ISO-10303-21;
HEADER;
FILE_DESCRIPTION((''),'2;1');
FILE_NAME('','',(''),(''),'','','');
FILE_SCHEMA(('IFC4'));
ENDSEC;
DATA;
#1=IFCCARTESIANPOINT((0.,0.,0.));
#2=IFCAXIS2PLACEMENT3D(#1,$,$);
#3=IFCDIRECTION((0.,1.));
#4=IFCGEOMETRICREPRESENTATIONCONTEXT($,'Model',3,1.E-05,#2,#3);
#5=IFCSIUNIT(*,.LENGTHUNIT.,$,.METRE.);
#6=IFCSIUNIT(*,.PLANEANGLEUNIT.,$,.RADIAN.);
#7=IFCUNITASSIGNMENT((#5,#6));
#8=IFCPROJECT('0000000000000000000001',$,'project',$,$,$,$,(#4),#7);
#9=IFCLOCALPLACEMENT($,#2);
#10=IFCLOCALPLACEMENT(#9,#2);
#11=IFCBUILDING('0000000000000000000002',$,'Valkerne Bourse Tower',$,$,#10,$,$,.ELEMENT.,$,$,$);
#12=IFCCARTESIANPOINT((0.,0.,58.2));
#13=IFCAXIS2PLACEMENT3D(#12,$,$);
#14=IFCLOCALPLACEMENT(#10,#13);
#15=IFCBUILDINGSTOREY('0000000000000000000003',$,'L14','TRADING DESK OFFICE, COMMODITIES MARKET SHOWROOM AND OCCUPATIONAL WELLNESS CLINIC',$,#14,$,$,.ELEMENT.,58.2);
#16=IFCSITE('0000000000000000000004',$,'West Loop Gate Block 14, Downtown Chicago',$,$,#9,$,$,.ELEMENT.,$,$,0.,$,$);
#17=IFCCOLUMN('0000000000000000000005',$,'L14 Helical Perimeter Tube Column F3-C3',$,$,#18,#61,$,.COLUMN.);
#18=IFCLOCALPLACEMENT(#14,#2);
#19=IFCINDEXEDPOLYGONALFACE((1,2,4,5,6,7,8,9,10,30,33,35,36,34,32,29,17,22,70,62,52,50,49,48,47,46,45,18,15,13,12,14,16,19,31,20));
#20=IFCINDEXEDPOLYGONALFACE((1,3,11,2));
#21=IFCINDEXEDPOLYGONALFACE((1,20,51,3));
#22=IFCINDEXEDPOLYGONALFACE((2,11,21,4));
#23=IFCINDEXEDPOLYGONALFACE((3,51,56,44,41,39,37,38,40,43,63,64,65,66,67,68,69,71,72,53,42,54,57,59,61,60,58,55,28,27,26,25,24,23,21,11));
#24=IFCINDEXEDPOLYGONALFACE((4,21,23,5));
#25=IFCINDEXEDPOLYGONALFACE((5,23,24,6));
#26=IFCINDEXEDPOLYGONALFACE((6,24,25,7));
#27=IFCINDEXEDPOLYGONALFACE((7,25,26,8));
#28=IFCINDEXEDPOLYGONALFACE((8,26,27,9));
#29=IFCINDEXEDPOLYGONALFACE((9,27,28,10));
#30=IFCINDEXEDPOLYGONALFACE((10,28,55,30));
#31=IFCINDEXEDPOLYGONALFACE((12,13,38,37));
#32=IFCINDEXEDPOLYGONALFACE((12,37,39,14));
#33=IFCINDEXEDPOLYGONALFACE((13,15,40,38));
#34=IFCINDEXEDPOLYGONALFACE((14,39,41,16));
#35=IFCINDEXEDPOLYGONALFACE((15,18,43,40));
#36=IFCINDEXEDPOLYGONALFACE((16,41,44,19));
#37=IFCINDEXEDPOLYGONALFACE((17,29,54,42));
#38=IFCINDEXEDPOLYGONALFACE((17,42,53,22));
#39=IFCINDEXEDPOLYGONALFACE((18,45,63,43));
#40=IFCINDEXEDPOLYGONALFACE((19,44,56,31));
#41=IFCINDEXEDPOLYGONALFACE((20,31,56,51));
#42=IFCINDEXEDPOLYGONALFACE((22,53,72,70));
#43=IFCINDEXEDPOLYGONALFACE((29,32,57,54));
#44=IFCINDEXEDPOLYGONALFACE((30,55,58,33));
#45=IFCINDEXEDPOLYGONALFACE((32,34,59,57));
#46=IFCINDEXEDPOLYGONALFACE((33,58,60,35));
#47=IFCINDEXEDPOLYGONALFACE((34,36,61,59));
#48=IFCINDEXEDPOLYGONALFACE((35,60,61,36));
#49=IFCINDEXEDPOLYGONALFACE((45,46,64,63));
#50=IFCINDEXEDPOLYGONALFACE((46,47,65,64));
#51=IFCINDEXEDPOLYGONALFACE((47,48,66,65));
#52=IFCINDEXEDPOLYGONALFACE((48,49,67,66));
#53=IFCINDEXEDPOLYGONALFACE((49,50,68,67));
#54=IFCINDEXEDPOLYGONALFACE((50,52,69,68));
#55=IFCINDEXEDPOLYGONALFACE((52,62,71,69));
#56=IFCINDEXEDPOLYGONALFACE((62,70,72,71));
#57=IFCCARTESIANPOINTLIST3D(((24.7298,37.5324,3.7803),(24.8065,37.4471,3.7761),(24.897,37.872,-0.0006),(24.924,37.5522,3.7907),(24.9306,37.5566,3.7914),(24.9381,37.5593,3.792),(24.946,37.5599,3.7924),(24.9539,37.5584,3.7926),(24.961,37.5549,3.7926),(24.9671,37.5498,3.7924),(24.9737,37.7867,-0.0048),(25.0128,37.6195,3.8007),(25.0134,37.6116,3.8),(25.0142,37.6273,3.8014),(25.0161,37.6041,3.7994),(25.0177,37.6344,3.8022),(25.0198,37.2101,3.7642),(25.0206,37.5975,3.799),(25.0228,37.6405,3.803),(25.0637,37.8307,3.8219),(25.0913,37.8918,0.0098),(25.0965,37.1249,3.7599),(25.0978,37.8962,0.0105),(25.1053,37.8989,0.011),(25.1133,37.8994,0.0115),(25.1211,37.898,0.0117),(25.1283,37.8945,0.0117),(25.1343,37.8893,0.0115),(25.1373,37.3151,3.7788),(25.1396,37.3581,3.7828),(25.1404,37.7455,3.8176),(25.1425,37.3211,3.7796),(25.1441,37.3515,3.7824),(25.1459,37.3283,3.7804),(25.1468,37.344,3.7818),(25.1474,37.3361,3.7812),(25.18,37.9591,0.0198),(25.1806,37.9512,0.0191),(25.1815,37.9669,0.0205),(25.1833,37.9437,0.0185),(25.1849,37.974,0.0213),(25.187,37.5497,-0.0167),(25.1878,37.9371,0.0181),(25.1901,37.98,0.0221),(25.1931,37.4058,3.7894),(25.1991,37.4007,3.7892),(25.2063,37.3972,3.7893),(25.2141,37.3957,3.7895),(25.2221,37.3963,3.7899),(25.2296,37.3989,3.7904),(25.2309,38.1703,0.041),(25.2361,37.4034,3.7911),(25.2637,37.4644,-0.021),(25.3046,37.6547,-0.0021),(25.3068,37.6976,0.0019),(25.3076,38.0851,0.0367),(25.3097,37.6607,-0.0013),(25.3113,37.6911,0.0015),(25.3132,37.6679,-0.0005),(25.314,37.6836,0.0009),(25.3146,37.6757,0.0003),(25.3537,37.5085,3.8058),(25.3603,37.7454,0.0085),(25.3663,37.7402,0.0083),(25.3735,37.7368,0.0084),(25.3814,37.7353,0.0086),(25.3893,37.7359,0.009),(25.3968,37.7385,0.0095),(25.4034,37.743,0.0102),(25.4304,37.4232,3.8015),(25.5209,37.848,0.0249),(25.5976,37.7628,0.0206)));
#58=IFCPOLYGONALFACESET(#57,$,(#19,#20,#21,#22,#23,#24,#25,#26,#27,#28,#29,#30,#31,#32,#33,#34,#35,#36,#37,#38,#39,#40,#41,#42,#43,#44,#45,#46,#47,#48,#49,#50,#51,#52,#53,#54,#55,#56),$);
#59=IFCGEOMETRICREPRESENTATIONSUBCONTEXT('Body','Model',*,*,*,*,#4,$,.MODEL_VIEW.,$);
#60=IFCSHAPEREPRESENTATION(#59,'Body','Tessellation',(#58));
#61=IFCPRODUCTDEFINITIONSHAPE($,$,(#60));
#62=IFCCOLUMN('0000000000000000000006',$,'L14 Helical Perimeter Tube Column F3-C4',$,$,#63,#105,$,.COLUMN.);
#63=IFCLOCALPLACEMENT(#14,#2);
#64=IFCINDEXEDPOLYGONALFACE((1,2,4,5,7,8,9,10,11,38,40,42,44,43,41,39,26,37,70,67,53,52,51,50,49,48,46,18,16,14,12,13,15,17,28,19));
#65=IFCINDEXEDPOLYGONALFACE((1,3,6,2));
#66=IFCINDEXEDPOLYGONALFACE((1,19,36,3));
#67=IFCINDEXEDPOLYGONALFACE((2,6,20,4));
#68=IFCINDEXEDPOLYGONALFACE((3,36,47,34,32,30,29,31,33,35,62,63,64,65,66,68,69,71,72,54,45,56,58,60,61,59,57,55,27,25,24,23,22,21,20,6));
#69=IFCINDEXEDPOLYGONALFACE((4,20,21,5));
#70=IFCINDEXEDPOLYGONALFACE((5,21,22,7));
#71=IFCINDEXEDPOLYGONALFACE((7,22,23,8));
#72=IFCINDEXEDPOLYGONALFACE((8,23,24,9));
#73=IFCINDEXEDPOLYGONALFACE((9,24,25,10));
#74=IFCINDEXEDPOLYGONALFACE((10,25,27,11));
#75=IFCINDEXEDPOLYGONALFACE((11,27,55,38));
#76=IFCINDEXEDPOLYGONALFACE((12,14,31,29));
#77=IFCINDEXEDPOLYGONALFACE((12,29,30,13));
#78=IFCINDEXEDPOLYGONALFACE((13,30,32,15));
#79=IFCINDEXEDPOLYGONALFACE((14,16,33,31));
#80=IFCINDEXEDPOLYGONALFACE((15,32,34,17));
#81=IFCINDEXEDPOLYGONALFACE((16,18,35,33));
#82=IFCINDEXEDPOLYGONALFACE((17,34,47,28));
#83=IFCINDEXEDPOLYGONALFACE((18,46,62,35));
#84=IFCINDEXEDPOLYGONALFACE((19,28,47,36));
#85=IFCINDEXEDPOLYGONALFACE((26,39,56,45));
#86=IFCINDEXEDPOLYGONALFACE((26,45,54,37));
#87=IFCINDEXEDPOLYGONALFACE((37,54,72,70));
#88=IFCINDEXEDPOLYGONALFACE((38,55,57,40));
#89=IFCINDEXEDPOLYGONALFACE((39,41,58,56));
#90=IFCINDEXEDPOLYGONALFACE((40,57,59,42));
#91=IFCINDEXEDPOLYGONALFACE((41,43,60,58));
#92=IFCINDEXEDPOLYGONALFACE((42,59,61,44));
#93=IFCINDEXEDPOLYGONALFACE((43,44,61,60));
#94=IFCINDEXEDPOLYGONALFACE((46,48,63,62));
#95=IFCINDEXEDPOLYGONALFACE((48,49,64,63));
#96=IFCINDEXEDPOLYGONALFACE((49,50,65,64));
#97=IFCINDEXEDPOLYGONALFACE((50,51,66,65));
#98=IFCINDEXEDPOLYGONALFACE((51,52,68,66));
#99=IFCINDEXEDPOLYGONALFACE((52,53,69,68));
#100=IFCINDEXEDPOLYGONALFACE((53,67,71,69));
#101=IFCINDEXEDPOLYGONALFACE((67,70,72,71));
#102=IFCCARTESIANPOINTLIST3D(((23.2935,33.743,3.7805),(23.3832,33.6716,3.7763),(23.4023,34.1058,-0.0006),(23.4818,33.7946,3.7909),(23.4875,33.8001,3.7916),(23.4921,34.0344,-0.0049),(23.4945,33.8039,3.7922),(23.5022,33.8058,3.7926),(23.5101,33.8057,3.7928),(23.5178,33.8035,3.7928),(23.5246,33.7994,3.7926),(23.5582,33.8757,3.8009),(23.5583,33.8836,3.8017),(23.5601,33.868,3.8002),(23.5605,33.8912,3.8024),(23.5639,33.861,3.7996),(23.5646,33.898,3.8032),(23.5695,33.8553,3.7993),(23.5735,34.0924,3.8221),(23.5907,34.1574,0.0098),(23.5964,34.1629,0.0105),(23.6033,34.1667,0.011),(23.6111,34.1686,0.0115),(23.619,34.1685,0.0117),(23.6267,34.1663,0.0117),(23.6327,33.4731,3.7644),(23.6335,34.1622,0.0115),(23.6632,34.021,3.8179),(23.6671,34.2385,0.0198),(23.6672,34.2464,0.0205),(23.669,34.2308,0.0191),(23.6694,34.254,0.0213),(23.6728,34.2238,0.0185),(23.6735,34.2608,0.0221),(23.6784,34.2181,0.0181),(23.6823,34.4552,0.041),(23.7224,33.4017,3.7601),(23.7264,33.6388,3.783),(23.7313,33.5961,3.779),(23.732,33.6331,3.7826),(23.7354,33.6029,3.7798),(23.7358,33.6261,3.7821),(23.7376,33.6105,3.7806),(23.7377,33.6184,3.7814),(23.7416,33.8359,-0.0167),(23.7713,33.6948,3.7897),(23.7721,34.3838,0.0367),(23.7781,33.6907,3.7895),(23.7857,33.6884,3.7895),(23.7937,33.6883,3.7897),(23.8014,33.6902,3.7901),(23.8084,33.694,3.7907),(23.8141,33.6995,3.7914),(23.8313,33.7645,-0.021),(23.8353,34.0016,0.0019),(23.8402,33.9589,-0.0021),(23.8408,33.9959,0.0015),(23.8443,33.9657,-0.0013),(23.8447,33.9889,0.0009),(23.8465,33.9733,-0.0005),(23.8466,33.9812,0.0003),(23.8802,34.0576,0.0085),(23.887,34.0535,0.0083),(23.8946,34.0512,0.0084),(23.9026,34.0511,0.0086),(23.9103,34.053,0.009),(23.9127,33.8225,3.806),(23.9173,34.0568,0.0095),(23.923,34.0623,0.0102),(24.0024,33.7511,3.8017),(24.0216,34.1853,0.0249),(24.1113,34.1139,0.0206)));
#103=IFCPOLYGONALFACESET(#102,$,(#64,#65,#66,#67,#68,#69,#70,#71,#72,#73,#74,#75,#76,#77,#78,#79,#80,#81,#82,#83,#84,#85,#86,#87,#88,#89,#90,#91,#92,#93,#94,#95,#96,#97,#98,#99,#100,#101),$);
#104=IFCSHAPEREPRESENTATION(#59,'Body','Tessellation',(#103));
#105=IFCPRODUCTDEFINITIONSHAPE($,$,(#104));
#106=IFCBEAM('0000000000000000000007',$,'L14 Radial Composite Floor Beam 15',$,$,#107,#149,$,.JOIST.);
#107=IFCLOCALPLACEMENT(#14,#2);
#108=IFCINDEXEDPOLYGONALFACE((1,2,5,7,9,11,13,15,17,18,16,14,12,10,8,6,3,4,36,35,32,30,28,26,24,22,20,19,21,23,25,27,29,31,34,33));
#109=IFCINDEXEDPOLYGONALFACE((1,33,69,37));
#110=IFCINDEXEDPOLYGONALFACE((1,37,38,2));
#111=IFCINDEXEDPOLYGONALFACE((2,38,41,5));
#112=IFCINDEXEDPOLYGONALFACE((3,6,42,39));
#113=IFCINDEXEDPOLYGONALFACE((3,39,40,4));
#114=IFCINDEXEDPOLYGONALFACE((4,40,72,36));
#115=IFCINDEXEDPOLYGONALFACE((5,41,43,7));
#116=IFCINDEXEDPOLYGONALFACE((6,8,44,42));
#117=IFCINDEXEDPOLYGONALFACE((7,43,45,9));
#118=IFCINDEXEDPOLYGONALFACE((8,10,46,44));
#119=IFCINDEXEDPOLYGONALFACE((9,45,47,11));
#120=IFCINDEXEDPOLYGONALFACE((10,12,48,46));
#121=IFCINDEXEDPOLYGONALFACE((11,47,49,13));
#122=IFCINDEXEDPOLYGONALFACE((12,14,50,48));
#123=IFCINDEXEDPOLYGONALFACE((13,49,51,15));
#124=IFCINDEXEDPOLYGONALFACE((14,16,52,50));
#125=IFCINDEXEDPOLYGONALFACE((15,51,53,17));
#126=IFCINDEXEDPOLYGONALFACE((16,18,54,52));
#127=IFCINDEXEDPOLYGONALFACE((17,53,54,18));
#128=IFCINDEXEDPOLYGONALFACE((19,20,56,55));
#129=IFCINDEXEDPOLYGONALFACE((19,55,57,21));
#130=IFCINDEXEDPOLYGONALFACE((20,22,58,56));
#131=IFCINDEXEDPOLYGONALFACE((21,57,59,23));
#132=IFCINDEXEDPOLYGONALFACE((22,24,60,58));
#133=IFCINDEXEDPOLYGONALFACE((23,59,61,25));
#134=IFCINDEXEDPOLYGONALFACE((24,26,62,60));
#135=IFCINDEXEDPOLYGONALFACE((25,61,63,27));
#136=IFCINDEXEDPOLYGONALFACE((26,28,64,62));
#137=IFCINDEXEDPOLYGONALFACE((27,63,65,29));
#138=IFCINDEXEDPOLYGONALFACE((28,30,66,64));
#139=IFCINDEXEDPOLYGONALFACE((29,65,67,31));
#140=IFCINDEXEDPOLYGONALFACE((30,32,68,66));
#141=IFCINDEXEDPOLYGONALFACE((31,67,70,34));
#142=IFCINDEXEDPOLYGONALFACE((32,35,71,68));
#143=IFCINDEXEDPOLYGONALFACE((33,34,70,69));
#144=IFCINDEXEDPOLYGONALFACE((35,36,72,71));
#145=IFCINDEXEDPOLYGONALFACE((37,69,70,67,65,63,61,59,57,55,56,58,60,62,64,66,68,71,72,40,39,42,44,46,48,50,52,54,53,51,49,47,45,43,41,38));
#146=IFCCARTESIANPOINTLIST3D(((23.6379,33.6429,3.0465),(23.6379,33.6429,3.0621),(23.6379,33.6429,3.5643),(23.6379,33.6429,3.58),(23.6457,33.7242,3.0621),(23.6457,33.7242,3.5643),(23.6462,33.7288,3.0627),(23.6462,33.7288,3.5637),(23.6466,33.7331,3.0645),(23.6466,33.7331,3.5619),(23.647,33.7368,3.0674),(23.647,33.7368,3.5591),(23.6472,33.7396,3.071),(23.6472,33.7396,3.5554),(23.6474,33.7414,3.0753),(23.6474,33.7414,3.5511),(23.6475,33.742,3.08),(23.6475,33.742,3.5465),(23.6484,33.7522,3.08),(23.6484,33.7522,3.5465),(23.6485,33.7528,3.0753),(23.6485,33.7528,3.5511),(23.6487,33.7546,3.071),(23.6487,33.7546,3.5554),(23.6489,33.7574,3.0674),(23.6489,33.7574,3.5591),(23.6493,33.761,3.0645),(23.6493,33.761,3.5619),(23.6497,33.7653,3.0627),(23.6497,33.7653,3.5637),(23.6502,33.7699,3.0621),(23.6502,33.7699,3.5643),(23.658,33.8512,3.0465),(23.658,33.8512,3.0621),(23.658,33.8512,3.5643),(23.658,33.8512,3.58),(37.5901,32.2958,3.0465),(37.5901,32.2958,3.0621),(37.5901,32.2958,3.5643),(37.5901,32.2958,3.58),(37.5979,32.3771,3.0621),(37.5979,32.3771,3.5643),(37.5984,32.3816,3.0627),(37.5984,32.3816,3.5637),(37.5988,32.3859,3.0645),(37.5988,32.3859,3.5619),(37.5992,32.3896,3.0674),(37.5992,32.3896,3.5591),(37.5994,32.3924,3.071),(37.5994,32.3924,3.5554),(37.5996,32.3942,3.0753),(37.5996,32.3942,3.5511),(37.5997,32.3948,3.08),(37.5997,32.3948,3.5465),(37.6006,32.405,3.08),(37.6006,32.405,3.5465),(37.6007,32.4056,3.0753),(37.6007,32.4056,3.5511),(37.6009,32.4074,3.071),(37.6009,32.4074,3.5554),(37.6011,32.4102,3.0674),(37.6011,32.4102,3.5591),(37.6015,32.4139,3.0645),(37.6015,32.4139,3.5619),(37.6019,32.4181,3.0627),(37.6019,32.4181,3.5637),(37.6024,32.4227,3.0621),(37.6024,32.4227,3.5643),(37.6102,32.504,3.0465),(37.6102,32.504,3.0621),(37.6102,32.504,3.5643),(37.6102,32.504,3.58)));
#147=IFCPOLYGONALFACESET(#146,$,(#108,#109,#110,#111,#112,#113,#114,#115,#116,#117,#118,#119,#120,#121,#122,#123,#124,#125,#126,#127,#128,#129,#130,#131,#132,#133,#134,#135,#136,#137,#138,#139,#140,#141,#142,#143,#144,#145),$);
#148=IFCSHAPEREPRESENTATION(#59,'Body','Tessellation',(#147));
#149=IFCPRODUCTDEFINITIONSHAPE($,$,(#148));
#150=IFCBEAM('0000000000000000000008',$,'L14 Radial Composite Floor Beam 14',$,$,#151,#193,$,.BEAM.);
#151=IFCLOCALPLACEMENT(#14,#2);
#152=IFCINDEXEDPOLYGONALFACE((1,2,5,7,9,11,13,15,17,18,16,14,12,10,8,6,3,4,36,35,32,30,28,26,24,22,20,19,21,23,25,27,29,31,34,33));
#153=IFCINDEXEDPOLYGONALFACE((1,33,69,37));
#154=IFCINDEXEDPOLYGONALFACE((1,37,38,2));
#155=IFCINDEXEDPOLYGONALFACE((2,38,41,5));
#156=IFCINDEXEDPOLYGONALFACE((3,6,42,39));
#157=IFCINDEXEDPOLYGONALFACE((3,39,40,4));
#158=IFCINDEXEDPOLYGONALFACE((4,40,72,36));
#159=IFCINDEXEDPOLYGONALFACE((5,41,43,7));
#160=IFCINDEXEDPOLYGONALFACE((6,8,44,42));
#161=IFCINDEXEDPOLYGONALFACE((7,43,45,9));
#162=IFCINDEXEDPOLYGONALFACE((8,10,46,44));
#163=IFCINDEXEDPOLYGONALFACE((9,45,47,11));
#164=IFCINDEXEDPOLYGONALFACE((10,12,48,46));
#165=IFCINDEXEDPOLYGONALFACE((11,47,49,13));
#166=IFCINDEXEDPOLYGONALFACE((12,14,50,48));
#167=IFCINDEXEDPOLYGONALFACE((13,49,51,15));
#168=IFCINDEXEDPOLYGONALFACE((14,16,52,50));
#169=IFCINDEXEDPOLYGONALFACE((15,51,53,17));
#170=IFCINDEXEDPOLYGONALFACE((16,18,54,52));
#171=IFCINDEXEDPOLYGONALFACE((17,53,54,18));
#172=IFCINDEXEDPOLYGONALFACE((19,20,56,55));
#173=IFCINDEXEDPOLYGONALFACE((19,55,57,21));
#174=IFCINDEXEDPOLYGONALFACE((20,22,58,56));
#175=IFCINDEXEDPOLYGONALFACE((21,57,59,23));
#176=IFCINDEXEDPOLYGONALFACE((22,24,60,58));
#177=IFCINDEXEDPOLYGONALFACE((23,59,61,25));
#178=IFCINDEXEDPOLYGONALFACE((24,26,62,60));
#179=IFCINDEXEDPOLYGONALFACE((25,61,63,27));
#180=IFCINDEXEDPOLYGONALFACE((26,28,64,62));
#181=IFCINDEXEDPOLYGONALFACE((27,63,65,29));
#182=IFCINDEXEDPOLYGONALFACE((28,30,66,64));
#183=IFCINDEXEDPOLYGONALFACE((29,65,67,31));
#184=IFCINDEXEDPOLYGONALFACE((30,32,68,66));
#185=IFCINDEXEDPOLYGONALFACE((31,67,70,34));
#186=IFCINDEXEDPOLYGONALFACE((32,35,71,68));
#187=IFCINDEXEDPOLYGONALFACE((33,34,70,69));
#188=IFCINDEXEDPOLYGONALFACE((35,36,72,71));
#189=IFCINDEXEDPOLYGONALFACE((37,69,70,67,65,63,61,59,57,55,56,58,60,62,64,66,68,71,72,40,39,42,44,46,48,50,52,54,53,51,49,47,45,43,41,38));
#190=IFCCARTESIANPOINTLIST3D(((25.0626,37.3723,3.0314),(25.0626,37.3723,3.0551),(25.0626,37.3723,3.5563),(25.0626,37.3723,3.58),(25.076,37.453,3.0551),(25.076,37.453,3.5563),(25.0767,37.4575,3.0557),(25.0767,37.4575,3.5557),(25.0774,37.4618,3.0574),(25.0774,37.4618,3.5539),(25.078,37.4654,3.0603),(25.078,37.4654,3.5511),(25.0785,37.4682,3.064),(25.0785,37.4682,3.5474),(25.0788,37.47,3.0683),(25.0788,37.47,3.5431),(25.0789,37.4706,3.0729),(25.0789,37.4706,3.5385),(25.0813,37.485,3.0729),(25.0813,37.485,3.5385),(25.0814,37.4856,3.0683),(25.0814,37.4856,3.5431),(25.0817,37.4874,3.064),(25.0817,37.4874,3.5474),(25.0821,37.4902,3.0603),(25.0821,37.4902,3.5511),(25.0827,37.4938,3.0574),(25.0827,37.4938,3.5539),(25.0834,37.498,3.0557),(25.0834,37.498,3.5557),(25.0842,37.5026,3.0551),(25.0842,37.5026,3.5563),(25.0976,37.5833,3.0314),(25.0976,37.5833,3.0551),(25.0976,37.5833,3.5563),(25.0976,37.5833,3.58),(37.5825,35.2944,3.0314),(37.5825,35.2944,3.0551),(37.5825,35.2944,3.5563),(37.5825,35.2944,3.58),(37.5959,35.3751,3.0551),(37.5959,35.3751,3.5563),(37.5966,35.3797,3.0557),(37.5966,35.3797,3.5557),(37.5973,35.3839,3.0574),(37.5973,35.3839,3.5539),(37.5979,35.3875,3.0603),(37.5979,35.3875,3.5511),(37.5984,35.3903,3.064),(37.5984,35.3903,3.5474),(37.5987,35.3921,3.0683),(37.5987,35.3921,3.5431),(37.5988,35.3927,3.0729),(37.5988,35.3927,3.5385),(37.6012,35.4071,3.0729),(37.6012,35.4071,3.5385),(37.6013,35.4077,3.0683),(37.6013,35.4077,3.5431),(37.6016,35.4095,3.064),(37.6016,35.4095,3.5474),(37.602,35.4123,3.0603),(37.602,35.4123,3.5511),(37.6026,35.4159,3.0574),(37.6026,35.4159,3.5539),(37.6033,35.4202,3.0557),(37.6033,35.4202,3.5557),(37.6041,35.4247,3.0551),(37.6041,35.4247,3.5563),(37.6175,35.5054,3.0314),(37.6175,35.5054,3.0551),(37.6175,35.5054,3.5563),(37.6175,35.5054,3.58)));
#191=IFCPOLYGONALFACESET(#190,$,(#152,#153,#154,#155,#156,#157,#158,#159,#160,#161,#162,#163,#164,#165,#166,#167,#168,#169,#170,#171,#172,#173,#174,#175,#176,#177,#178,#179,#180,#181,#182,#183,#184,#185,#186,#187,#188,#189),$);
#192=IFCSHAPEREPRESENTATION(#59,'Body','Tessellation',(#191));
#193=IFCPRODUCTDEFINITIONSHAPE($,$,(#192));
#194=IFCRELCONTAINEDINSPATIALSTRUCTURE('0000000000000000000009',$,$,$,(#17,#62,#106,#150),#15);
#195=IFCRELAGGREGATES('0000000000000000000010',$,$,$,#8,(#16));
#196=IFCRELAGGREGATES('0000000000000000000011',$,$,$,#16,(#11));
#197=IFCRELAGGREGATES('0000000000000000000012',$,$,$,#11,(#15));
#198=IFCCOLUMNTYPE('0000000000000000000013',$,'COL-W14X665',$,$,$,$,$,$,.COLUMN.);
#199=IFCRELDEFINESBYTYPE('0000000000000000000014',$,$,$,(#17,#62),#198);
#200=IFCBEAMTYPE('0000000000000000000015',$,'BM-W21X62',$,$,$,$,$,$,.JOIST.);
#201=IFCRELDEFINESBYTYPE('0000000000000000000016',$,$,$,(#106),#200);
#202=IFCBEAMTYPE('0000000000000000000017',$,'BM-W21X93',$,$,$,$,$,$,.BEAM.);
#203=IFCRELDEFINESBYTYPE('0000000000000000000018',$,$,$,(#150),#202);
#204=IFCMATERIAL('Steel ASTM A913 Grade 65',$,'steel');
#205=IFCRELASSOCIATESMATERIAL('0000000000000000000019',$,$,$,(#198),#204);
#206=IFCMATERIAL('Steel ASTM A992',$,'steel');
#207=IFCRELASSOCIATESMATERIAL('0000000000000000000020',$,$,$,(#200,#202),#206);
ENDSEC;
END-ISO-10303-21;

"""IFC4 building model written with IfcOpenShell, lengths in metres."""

from ifc_helpers import new_model, si_unit, direction, frame, origin, origin_2d, place, context, subcontext, project, spatial, i_section, extrude, material, material_profile, profile_set, type_object, element, save


model = new_model("IFC4")

# Units and contexts
model_context = context("Model", 3, precision=1e-05, world=origin(), true_north=direction((0.0, 1.0)))
body_context = subcontext(model_context, "Body", "Model", "MODEL_VIEW")
ifc_project = project(units=[si_unit("LENGTHUNIT", "METRE"), si_unit("PLANEANGLEUNIT", "RADIAN")], contexts=[model_context])

# Site, building, storey
site_placement = place(None, origin())
site = spatial("IfcSite", under=ifc_project, at=site_placement, Name="West Loop Gate Block 14, Downtown Chicago", CompositionType="ELEMENT", RefElevation=0.0)
building_placement = place(site_placement, origin())
building = spatial("IfcBuilding", under=site, at=building_placement, Name="Valkerne Bourse Tower", CompositionType="ELEMENT")
storey_placement = place(building_placement, frame((0.0, 0.0, 58.2)))
storey = spatial("IfcBuildingStorey", under=building, at=storey_placement, Name="L14", Description="TRADING DESK OFFICE, COMMODITIES MARKET SHOWROOM AND OCCUPATIONAL WELLNESS CLINIC", CompositionType="ELEMENT", Elevation=58.2)

# Columns
ifc_material_1 = material(Name="Steel ASTM A913 Grade 65", Category="steel")
ifc_material_profile_1 = material_profile(ifc_material_1, i_section(OverallWidth=0.4497, OverallDepth=0.5486, WebThickness=0.072, FlangeThickness=0.1147, FilletRadius=0.0305, at=origin_2d()), Name="W14X665")
ifc_profile_set_1 = profile_set([ifc_material_profile_1], Name="Steel ASTM A913 Grade 65")
column_type = type_object("IfcColumnType", Name="COL-W14X665", PredefinedType="COLUMN", material=ifc_profile_set_1)
column_1_placement = place(storey_placement, frame((25.2473, 37.8174, 0.01), z_axis=(-0.044011, -0.08937, 0.995026), x_axis=(-0.742482, -0.663458, -0.09243)))
element("IfcColumn", 1, at=column_1_placement, inside=storey, type_object=column_type, Name="L14 Helical Perimeter Tube Column F3-C3", PredefinedType="COLUMN", context=body_context, shape_type="SweptSolid", body=[
    extrude(i_section(OverallWidth=0.4497, OverallDepth=0.5486, WebThickness=0.072, FlangeThickness=0.1147, FilletRadius=0.0305, at=origin_2d()), origin(), (0.0, 0.0, 1.0), 3.7998),
])
column_2_placement = place(storey_placement, frame((23.7568, 34.1099, 0.01), z_axis=(-0.028655, -0.095474, 0.995019), x_axis=(-0.622637, -0.777026, -0.092488)))
element("IfcColumn", 2, at=column_2_placement, inside=storey, type_object=column_type, Name="L14 Helical Perimeter Tube Column F3-C4", PredefinedType="COLUMN", context=body_context, shape_type="SweptSolid", body=[
    extrude(i_section(OverallWidth=0.4497, OverallDepth=0.5486, WebThickness=0.072, FlangeThickness=0.1147, FilletRadius=0.0305, at=origin_2d()), origin(), (0.0, 0.0, 1.0), 3.8),
])

# Beams
ifc_material_2 = material(Name="Steel ASTM A992", Category="steel")
ifc_material_profile_2 = material_profile(ifc_material_2, i_section(OverallWidth=0.2092, OverallDepth=0.5334, WebThickness=0.0103, FlangeThickness=0.0156, FilletRadius=0.0178, at=origin_2d()), Name="W21X62")
ifc_profile_set_2 = profile_set([ifc_material_profile_2], Name="Steel ASTM A992")
beam_type_1 = type_object("IfcBeamType", Name="BM-W21X62", PredefinedType="JOIST", material=ifc_profile_set_2)
beam_1_placement = place(storey_placement, frame((23.6479, 33.7471, 3.3132), z_axis=(0.995371, -0.096109, 0.0), x_axis=(0.096109, 0.995371, 0.0)))
element("IfcBeam", 3, at=beam_1_placement, inside=storey, type_object=beam_type_1, Name="L14 Radial Composite Floor Beam 15", PredefinedType="JOIST", context=body_context, shape_type="SweptSolid", body=[
    extrude(i_section(OverallWidth=0.2092, OverallDepth=0.5334, WebThickness=0.0103, FlangeThickness=0.0156, FilletRadius=0.0178, at=origin_2d()), origin(), (0.0, 0.0, 1.0), 14.0171),
])
ifc_material_profile_3 = material_profile(ifc_material_2, i_section(OverallWidth=0.2139, OverallDepth=0.5486, WebThickness=0.0146, FlangeThickness=0.0237, FilletRadius=0.0178, at=origin_2d()), Name="W21X93")
ifc_profile_set_3 = profile_set([ifc_material_profile_3], Name="Steel ASTM A992")
beam_type_2 = type_object("IfcBeamType", Name="BM-W21X93", PredefinedType="BEAM", material=ifc_profile_set_3)
beam_2_placement = place(storey_placement, frame((25.0801, 37.4778, 3.3057), z_axis=(0.986506, -0.163725, 0.0), x_axis=(0.163725, 0.986506, 0.0)))
element("IfcBeam", 4, at=beam_2_placement, inside=storey, type_object=beam_type_2, Name="L14 Radial Composite Floor Beam 14", PredefinedType="BEAM", context=body_context, shape_type="SweptSolid", body=[
    extrude(i_section(OverallWidth=0.2139, OverallDepth=0.5486, WebThickness=0.0146, FlangeThickness=0.0237, FilletRadius=0.0178, at=origin_2d()), origin(), (0.0, 0.0, 1.0), 12.6912),
])

save(model, "model.ifc")
